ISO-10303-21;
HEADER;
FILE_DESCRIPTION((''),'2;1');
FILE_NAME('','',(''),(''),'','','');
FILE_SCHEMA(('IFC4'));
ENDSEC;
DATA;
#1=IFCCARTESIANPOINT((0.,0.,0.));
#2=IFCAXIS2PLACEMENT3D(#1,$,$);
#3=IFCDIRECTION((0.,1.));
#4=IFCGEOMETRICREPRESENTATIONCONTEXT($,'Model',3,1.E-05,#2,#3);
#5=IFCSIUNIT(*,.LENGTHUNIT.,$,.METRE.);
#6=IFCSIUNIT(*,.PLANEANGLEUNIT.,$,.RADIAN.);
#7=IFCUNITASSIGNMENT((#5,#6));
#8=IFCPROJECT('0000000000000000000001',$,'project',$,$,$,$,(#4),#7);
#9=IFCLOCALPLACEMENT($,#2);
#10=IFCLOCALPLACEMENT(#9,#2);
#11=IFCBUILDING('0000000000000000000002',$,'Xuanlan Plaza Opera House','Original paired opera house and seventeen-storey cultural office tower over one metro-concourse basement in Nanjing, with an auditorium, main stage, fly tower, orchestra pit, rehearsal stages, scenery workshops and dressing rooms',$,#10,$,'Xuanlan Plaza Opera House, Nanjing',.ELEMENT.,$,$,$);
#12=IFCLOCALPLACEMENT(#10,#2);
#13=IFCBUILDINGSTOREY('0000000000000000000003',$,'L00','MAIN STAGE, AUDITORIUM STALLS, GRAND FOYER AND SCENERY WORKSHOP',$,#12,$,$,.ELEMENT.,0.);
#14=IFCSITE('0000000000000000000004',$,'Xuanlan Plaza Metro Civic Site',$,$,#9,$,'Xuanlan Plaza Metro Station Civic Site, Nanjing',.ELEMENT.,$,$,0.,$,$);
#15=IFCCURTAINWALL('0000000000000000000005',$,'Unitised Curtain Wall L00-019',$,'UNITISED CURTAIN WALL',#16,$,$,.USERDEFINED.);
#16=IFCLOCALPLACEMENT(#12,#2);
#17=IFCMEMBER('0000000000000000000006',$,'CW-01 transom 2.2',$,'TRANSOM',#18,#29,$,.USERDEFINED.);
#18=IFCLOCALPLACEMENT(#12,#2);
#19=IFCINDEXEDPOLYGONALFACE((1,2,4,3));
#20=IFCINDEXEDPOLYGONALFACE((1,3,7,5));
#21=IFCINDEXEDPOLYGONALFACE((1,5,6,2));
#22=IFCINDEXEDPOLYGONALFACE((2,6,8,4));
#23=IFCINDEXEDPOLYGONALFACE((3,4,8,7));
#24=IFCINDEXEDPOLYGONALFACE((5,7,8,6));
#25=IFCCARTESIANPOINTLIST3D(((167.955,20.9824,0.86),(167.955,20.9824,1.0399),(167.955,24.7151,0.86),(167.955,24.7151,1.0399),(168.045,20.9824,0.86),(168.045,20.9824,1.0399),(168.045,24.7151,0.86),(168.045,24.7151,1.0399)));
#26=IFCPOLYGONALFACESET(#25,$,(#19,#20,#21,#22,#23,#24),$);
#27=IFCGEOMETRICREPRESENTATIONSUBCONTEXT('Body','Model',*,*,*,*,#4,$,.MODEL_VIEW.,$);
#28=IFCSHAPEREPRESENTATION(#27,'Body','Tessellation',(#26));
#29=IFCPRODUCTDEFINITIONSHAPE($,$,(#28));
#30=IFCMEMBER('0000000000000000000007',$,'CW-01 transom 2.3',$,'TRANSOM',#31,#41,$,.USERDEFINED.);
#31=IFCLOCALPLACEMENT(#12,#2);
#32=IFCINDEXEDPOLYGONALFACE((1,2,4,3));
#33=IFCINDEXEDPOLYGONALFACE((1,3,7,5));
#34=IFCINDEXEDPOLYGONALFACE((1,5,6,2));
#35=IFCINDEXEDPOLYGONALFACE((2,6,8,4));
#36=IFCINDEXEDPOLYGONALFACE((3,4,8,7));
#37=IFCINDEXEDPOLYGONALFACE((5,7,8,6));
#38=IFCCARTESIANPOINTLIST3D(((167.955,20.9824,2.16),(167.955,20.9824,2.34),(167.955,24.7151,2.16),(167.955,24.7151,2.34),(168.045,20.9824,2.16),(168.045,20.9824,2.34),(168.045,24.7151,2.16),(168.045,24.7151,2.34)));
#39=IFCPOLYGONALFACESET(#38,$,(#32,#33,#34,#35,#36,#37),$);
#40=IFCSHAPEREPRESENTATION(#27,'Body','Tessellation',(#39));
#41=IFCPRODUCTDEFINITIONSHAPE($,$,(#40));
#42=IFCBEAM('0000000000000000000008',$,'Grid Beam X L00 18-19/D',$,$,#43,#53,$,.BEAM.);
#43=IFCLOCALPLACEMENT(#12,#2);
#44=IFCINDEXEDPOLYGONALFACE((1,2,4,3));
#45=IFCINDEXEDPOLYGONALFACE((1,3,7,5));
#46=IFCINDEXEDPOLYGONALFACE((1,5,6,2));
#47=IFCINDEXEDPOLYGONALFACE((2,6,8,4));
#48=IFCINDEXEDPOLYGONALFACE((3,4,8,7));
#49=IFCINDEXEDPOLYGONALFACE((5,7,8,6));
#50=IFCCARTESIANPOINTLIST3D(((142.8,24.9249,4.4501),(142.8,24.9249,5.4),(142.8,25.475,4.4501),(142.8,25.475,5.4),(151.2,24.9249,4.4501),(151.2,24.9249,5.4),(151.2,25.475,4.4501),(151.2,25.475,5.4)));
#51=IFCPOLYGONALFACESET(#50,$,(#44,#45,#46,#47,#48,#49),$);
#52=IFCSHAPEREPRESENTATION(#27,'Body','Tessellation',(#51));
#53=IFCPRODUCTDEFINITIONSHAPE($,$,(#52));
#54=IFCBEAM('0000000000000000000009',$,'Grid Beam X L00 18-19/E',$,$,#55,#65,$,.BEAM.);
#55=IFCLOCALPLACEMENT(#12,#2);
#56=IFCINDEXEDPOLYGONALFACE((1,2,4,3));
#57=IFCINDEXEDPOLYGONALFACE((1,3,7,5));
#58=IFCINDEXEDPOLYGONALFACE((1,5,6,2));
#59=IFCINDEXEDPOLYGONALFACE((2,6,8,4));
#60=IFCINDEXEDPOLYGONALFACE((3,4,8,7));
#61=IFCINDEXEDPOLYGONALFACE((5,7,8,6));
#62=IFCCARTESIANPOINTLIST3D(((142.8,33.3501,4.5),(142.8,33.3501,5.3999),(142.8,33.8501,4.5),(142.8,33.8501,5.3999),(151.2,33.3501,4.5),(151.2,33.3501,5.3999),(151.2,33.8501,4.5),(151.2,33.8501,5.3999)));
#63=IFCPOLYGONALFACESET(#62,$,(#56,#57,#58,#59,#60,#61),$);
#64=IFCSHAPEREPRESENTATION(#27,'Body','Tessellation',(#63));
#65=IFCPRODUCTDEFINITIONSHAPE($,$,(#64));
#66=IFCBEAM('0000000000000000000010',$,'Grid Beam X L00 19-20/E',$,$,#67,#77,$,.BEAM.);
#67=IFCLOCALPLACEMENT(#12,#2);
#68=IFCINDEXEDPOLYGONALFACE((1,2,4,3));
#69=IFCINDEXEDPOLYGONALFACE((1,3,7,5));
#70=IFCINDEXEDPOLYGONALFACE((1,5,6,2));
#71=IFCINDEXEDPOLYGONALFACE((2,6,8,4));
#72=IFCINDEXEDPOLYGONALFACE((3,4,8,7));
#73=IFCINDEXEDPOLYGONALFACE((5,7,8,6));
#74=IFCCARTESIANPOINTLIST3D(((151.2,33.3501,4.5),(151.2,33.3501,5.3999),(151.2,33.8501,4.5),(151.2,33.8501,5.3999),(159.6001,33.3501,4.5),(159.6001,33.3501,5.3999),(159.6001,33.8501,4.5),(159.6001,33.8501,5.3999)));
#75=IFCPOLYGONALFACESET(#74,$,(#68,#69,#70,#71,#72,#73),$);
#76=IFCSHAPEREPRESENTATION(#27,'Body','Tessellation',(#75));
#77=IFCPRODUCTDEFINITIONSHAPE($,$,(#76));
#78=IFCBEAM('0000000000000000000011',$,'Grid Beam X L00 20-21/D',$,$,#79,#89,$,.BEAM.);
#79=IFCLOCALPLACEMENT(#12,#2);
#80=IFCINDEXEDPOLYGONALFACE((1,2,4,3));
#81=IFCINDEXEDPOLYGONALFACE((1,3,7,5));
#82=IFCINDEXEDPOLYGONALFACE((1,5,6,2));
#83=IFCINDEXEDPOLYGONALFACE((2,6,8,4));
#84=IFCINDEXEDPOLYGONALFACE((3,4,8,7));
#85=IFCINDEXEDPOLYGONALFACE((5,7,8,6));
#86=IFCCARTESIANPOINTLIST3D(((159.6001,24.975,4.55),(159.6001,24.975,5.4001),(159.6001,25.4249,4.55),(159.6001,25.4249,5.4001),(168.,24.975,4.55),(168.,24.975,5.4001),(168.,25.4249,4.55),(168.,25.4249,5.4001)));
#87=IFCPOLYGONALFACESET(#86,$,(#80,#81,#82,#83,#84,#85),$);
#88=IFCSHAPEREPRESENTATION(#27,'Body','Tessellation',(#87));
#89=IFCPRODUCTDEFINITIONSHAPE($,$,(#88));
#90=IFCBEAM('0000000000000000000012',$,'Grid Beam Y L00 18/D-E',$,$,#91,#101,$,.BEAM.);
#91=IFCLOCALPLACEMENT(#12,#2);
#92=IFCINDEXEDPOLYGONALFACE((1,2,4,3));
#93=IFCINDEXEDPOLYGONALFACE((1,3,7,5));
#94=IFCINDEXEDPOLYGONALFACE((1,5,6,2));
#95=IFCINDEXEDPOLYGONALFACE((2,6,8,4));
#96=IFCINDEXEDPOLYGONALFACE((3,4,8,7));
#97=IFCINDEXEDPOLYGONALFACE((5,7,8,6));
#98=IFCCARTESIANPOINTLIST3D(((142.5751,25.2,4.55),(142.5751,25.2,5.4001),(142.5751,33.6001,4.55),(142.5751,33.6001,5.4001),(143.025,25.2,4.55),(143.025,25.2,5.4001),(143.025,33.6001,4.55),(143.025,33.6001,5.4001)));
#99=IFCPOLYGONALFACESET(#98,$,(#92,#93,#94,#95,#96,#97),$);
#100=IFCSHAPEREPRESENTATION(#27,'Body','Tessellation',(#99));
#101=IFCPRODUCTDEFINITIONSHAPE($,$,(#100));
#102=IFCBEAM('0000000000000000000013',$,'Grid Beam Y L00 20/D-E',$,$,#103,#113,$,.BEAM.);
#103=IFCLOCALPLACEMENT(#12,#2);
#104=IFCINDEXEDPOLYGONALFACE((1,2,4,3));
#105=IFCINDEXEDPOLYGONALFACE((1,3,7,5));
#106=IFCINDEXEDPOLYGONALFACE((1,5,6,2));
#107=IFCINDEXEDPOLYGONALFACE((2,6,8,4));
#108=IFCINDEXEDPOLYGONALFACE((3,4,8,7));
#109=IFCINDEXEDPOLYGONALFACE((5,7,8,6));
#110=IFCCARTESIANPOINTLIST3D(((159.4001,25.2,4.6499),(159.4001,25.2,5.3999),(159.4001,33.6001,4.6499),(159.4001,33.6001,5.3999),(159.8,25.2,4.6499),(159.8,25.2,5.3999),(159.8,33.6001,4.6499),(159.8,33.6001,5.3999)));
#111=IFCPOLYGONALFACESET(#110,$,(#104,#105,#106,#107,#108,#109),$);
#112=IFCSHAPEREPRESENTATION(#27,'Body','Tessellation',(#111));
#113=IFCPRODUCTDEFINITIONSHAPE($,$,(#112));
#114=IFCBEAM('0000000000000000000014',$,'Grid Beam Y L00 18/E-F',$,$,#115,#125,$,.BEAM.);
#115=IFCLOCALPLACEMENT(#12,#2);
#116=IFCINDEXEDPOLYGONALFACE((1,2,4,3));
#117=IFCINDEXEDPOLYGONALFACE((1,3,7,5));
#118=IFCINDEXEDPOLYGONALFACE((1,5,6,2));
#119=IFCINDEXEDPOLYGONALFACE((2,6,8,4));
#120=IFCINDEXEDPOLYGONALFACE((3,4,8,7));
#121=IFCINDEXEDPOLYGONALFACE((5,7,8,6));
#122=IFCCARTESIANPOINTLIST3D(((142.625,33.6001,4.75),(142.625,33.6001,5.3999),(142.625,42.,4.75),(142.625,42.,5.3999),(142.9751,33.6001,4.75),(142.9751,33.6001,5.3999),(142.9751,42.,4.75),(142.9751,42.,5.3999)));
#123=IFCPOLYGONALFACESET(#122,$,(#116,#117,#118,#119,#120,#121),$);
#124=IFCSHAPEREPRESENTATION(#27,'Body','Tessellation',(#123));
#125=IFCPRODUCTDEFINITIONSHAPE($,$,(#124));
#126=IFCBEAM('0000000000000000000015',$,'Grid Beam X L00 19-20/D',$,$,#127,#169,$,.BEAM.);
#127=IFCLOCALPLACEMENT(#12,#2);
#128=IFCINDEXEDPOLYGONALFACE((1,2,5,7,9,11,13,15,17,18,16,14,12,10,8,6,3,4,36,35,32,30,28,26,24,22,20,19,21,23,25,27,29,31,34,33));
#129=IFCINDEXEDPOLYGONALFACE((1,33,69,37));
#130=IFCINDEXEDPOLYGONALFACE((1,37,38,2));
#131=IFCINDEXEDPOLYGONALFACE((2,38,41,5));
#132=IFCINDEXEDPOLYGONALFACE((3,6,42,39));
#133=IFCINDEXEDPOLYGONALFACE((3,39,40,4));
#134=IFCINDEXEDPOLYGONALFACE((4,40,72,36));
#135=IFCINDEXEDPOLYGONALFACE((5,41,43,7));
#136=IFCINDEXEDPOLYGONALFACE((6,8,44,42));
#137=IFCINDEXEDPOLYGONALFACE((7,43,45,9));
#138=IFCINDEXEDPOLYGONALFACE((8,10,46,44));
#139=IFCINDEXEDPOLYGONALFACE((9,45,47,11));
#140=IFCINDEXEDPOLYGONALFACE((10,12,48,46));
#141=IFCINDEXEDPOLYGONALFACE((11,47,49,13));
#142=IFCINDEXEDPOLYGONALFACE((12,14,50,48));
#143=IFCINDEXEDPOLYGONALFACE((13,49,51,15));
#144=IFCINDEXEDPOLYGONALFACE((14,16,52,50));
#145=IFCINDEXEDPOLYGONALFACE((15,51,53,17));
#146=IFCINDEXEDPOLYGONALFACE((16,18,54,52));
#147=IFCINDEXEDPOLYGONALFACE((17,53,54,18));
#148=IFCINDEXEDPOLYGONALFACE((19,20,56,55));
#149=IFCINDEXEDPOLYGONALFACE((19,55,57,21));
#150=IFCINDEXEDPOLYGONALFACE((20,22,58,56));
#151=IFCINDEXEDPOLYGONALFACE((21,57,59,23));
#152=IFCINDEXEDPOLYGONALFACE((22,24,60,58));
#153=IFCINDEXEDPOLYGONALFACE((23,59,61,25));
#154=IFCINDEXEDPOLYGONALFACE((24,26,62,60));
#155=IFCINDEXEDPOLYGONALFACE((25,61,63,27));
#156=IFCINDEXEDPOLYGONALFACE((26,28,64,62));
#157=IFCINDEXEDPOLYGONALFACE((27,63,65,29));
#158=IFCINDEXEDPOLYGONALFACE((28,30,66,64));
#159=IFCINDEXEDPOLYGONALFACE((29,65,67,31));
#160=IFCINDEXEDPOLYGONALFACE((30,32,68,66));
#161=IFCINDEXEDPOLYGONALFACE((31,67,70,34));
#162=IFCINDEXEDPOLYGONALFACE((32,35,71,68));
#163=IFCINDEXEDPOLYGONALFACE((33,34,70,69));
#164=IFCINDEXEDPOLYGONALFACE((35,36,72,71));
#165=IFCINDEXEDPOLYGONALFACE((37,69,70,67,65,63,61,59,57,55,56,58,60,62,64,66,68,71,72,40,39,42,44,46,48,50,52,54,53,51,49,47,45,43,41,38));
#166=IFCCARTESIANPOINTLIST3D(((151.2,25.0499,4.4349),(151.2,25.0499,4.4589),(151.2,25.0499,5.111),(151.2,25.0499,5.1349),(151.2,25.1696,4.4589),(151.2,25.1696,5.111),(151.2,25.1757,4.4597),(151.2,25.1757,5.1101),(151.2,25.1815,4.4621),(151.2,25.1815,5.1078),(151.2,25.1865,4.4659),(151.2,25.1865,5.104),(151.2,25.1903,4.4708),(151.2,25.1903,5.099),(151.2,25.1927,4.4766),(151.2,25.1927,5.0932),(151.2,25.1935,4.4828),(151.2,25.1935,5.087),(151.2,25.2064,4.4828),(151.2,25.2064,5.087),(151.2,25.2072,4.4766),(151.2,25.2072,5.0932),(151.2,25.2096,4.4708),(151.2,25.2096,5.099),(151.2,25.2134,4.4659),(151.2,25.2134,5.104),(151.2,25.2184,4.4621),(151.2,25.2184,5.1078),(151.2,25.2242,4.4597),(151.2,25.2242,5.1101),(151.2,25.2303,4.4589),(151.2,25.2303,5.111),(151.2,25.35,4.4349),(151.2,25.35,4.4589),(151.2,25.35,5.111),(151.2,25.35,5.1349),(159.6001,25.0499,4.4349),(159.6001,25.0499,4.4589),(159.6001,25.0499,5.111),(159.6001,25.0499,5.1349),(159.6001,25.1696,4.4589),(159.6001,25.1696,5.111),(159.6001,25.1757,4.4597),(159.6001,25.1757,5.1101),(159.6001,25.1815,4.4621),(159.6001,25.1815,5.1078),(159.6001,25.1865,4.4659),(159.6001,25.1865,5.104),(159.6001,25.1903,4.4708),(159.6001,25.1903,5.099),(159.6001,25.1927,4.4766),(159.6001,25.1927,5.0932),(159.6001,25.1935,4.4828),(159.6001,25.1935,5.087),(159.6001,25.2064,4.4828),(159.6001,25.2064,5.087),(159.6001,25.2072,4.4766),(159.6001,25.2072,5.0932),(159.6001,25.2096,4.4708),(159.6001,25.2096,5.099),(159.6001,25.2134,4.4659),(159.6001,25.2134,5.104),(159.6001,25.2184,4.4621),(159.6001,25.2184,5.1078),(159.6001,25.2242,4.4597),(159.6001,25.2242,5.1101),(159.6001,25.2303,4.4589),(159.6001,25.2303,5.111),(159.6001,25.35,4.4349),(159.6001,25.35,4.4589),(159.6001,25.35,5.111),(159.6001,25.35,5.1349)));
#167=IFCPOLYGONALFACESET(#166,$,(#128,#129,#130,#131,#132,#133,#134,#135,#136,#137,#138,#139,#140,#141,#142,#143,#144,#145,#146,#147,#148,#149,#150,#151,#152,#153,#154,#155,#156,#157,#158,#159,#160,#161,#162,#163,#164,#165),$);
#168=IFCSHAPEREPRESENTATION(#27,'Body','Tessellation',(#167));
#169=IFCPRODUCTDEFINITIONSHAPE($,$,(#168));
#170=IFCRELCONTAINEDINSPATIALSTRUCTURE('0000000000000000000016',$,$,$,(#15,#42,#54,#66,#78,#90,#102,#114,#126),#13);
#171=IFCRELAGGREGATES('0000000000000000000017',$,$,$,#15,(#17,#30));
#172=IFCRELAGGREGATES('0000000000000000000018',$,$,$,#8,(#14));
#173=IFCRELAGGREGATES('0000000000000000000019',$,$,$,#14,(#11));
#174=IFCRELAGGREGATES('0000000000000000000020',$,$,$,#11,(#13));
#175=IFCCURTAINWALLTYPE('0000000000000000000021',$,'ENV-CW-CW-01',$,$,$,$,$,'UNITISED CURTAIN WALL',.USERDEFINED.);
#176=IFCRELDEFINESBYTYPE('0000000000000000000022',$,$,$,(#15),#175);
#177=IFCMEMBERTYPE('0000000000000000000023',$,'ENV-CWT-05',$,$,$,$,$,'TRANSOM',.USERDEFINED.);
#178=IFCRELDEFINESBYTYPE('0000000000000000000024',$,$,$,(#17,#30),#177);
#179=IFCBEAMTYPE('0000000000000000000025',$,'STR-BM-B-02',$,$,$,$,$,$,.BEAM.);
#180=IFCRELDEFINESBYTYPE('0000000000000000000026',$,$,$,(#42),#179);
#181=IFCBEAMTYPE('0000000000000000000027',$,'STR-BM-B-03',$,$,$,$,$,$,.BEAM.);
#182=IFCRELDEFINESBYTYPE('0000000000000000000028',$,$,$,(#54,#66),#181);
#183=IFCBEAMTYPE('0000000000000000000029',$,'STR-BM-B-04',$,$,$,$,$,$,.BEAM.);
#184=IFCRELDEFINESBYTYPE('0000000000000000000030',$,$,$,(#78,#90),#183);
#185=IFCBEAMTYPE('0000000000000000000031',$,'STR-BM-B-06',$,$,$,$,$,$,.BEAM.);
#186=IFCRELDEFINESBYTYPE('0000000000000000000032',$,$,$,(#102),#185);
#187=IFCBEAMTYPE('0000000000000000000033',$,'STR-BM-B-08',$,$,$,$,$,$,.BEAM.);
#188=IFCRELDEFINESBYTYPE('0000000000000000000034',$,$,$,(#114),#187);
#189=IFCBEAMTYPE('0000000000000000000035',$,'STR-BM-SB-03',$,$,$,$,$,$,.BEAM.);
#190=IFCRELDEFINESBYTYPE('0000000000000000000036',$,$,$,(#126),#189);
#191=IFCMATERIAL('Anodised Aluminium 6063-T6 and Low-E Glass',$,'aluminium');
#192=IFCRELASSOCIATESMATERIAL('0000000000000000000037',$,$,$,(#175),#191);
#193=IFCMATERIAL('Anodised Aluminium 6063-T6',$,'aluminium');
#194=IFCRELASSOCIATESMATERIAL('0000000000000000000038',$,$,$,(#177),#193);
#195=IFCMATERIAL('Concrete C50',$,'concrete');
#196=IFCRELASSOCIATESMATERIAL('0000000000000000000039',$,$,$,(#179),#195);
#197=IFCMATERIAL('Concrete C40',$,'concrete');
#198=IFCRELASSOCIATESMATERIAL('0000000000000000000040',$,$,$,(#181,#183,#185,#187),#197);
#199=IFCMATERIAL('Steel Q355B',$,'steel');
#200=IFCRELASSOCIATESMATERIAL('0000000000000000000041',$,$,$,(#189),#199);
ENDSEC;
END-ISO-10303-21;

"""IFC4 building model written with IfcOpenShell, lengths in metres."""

from ifc_helpers import new_model, si_unit, direction, frame, origin, origin_2d, place, context, subcontext, project, spatial, rectangle, i_section, extrude, material, material_profile, profile_set, type_object, element, aggregate, save


model = new_model("IFC4")

# Units and contexts
model_context = context("Model", 3, precision=1e-05, world=origin(), true_north=direction((0.0, 1.0)))
body_context = subcontext(model_context, "Body", "Model", "MODEL_VIEW")
ifc_project = project(units=[si_unit("LENGTHUNIT", "METRE"), si_unit("PLANEANGLEUNIT", "RADIAN")], contexts=[model_context])

# Site, building, storey
site_placement = place(None, origin())
site = spatial("IfcSite", under=ifc_project, at=site_placement, Name="Xuanlan Plaza Metro Civic Site", LongName="Xuanlan Plaza Metro Station Civic Site, Nanjing", CompositionType="ELEMENT", RefElevation=0.0)
building_placement = place(site_placement, origin())
building = spatial("IfcBuilding", under=site, at=building_placement, Name="Xuanlan Plaza Opera House", Description="Original paired opera house and seventeen-storey cultural office tower over one metro-concourse basement in Nanjing, with an auditorium, main stage, fly tower, orchestra pit, rehearsal stages, scenery workshops and dressing rooms", LongName="Xuanlan Plaza Opera House, Nanjing", CompositionType="ELEMENT")
storey_placement = place(building_placement, origin())
storey = spatial("IfcBuildingStorey", under=building, at=storey_placement, Name="L00", Description="MAIN STAGE, AUDITORIUM STALLS, GRAND FOYER AND SCENERY WORKSHOP", CompositionType="ELEMENT", Elevation=0.0)

# Shared definitions
ifc_material_1 = material(Name="Concrete C40", Category="concrete")

# Curtain wall, members
ifc_material_2 = material(Name="Anodised Aluminium 6063-T6 and Low-E Glass", Category="aluminium")
curtain_wall_type = type_object("IfcCurtainWallType", Name="ENV-CW-CW-01", ElementType="UNITISED CURTAIN WALL", PredefinedType="USERDEFINED", material=ifc_material_2)
curtain_wall_placement = place(storey_placement, origin())
curtain_wall = element("IfcCurtainWall", 1, at=curtain_wall_placement, inside=storey, type_object=curtain_wall_type, Name="Unitised Curtain Wall L00-019", ObjectType="UNITISED CURTAIN WALL", PredefinedType="USERDEFINED")
ifc_material_3 = material(Name="Anodised Aluminium 6063-T6", Category="aluminium")
ifc_material_profile_1 = material_profile(ifc_material_3, rectangle(XDim=0.0901, YDim=0.1799, at=origin_2d()), Name="ALU-T 90x180")
ifc_profile_set_1 = profile_set([ifc_material_profile_1], Name="Anodised Aluminium 6063-T6")
member_type_1 = type_object("IfcMemberType", Name="ENV-CWT-05", ElementType="TRANSOM", PredefinedType="USERDEFINED", material=ifc_profile_set_1)
member_1_placement = place(storey_placement, frame((168.0, 20.9824, 0.95), z_axis=(0.0, 1.0, 0.0), x_axis=(-1.0, 0.0, 0.0)))
member_1 = element("IfcMember", 2, at=member_1_placement, type_object=member_type_1, Name="CW-01 transom 2.2", ObjectType="TRANSOM", PredefinedType="USERDEFINED", context=body_context, shape_type="SweptSolid", body=[
    extrude(rectangle(XDim=0.0901, YDim=0.1799, at=origin_2d()), origin(), (0.0, 0.0, 1.0), 3.7327),
])
member_2_placement = place(storey_placement, frame((168.0, 20.9824, 2.25), z_axis=(0.0, 1.0, 0.0), x_axis=(-1.0, 0.0, 0.0)))
member_2 = element("IfcMember", 3, at=member_2_placement, type_object=member_type_1, Name="CW-01 transom 2.3", ObjectType="TRANSOM", PredefinedType="USERDEFINED", context=body_context, shape_type="SweptSolid", body=[
    extrude(rectangle(XDim=0.0901, YDim=0.1799, at=origin_2d()), origin(), (0.0, 0.0, 1.0), 3.7327),
])

# Beams
ifc_material_4 = material(Name="Concrete C50", Category="concrete")
ifc_material_profile_2 = material_profile(ifc_material_4, rectangle(XDim=0.55, YDim=0.95, at=origin_2d()), Name="RC-BM 550x950")
ifc_profile_set_2 = profile_set([ifc_material_profile_2], Name="Concrete C50")
beam_type_1 = type_object("IfcBeamType", Name="STR-BM-B-02", PredefinedType="BEAM", material=ifc_profile_set_2)
beam_1_placement = place(storey_placement, frame((142.8, 25.2, 4.925), z_axis=(1.0, 0.0, 0.0), x_axis=(0.0, 1.0, 0.0)))
element("IfcBeam", 4, at=beam_1_placement, inside=storey, type_object=beam_type_1, Name="Grid Beam X L00 18-19/D", PredefinedType="BEAM", context=body_context, shape_type="SweptSolid", body=[
    extrude(rectangle(XDim=0.55, YDim=0.95, at=origin_2d()), origin(), (0.0, 0.0, 1.0), 8.3999),
])
ifc_material_profile_3 = material_profile(ifc_material_1, rectangle(XDim=0.5, YDim=0.8999, at=origin_2d()), Name="RC-BM 500x900")
ifc_profile_set_3 = profile_set([ifc_material_profile_3], Name="Concrete C40")
beam_type_2 = type_object("IfcBeamType", Name="STR-BM-B-03", PredefinedType="BEAM", material=ifc_profile_set_3)
beam_2_placement = place(storey_placement, frame((142.8, 33.6001, 4.95), z_axis=(1.0, 0.0, 0.0), x_axis=(0.0, 1.0, 0.0)))
element("IfcBeam", 5, at=beam_2_placement, inside=storey, type_object=beam_type_2, Name="Grid Beam X L00 18-19/E", PredefinedType="BEAM", context=body_context, shape_type="SweptSolid", body=[
    extrude(rectangle(XDim=0.5, YDim=0.8999, at=origin_2d()), origin(), (0.0, 0.0, 1.0), 8.3999),
])
beam_3_placement = place(storey_placement, frame((151.2, 33.6001, 4.95), z_axis=(1.0, 0.0, 0.0), x_axis=(0.0, 1.0, 0.0)))
element("IfcBeam", 6, at=beam_3_placement, inside=storey, type_object=beam_type_2, Name="Grid Beam X L00 19-20/E", PredefinedType="BEAM", context=body_context, shape_type="SweptSolid", body=[
    extrude(rectangle(XDim=0.5, YDim=0.8999, at=origin_2d()), origin(), (0.0, 0.0, 1.0), 8.4001),
])
ifc_material_profile_4 = material_profile(ifc_material_1, rectangle(XDim=0.45, YDim=0.8501, at=origin_2d()), Name="RC-BM 450x850")
ifc_profile_set_4 = profile_set([ifc_material_profile_4], Name="Concrete C40")
beam_type_3 = type_object("IfcBeamType", Name="STR-BM-B-04", PredefinedType="BEAM", material=ifc_profile_set_4)
beam_4_placement = place(storey_placement, frame((159.6001, 25.2, 4.9751), z_axis=(1.0, 0.0, 0.0), x_axis=(0.0, 1.0, 0.0)))
element("IfcBeam", 7, at=beam_4_placement, inside=storey, type_object=beam_type_3, Name="Grid Beam X L00 20-21/D", PredefinedType="BEAM", context=body_context, shape_type="SweptSolid", body=[
    extrude(rectangle(XDim=0.45, YDim=0.8501, at=origin_2d()), origin(), (0.0, 0.0, 1.0), 8.3999),
])
beam_5_placement = place(storey_placement, frame((142.8, 25.2, 4.9751), z_axis=(0.0, 1.0, 0.0), x_axis=(-1.0, 0.0, 0.0)))
element("IfcBeam", 8, at=beam_5_placement, inside=storey, type_object=beam_type_3, Name="Grid Beam Y L00 18/D-E", PredefinedType="BEAM", context=body_context, shape_type="SweptSolid", body=[
    extrude(rectangle(XDim=0.45, YDim=0.8501, at=origin_2d()), origin(), (0.0, 0.0, 1.0), 8.4001),
])
ifc_material_profile_5 = material_profile(ifc_material_1, rectangle(XDim=0.3999, YDim=0.75, at=origin_2d()), Name="RC-BM 400x750")
ifc_profile_set_5 = profile_set([ifc_material_profile_5], Name="Concrete C40")
beam_type_4 = type_object("IfcBeamType", Name="STR-BM-B-06", PredefinedType="BEAM", material=ifc_profile_set_5)
beam_6_placement = place(storey_placement, frame((159.6001, 25.2, 5.0249), z_axis=(0.0, 1.0, 0.0), x_axis=(-1.0, 0.0, 0.0)))
element("IfcBeam", 9, at=beam_6_placement, inside=storey, type_object=beam_type_4, Name="Grid Beam Y L00 20/D-E", PredefinedType="BEAM", context=body_context, shape_type="SweptSolid", body=[
    extrude(rectangle(XDim=0.3999, YDim=0.75, at=origin_2d()), origin(), (0.0, 0.0, 1.0), 8.4001),
])
ifc_material_profile_6 = material_profile(ifc_material_1, rectangle(XDim=0.3501, YDim=0.6499, at=origin_2d()), Name="RC-BM 350x650")
ifc_profile_set_6 = profile_set([ifc_material_profile_6], Name="Concrete C40")
beam_type_5 = type_object("IfcBeamType", Name="STR-BM-B-08", PredefinedType="BEAM", material=ifc_profile_set_6)
beam_7_placement = place(storey_placement, frame((142.8, 33.6001, 5.075), z_axis=(0.0, 1.0, 0.0), x_axis=(-1.0, 0.0, 0.0)))
element("IfcBeam", 10, at=beam_7_placement, inside=storey, type_object=beam_type_5, Name="Grid Beam Y L00 18/E-F", PredefinedType="BEAM", context=body_context, shape_type="SweptSolid", body=[
    extrude(rectangle(XDim=0.3501, YDim=0.6499, at=origin_2d()), origin(), (0.0, 0.0, 1.0), 8.3999),
])
ifc_material_5 = material(Name="Steel Q355B", Category="steel")
ifc_material_profile_7 = material_profile(ifc_material_5, i_section(OverallWidth=0.3, OverallDepth=0.7, WebThickness=0.0129, FlangeThickness=0.0239, FilletRadius=0.0239, at=origin_2d()), Name="HN 700x300x13x24")
ifc_profile_set_7 = profile_set([ifc_material_profile_7], Name="Steel Q355B")
beam_type_6 = type_object("IfcBeamType", Name="STR-BM-SB-03", PredefinedType="BEAM", material=ifc_profile_set_7)
beam_8_placement = place(storey_placement, frame((151.2, 25.2, 4.7849), z_axis=(1.0, 0.0, 0.0), x_axis=(0.0, 1.0, 0.0)))
element("IfcBeam", 11, at=beam_8_placement, inside=storey, type_object=beam_type_6, Name="Grid Beam X L00 19-20/D", PredefinedType="BEAM", context=body_context, shape_type="SweptSolid", body=[
    extrude(i_section(OverallWidth=0.3, OverallDepth=0.7, WebThickness=0.0129, FlangeThickness=0.0239, FilletRadius=0.0239, at=origin_2d()), origin(), (0.0, 0.0, 1.0), 8.4001),
])

aggregate(curtain_wall, [member_1, member_2])

save(model, "model.ifc")
